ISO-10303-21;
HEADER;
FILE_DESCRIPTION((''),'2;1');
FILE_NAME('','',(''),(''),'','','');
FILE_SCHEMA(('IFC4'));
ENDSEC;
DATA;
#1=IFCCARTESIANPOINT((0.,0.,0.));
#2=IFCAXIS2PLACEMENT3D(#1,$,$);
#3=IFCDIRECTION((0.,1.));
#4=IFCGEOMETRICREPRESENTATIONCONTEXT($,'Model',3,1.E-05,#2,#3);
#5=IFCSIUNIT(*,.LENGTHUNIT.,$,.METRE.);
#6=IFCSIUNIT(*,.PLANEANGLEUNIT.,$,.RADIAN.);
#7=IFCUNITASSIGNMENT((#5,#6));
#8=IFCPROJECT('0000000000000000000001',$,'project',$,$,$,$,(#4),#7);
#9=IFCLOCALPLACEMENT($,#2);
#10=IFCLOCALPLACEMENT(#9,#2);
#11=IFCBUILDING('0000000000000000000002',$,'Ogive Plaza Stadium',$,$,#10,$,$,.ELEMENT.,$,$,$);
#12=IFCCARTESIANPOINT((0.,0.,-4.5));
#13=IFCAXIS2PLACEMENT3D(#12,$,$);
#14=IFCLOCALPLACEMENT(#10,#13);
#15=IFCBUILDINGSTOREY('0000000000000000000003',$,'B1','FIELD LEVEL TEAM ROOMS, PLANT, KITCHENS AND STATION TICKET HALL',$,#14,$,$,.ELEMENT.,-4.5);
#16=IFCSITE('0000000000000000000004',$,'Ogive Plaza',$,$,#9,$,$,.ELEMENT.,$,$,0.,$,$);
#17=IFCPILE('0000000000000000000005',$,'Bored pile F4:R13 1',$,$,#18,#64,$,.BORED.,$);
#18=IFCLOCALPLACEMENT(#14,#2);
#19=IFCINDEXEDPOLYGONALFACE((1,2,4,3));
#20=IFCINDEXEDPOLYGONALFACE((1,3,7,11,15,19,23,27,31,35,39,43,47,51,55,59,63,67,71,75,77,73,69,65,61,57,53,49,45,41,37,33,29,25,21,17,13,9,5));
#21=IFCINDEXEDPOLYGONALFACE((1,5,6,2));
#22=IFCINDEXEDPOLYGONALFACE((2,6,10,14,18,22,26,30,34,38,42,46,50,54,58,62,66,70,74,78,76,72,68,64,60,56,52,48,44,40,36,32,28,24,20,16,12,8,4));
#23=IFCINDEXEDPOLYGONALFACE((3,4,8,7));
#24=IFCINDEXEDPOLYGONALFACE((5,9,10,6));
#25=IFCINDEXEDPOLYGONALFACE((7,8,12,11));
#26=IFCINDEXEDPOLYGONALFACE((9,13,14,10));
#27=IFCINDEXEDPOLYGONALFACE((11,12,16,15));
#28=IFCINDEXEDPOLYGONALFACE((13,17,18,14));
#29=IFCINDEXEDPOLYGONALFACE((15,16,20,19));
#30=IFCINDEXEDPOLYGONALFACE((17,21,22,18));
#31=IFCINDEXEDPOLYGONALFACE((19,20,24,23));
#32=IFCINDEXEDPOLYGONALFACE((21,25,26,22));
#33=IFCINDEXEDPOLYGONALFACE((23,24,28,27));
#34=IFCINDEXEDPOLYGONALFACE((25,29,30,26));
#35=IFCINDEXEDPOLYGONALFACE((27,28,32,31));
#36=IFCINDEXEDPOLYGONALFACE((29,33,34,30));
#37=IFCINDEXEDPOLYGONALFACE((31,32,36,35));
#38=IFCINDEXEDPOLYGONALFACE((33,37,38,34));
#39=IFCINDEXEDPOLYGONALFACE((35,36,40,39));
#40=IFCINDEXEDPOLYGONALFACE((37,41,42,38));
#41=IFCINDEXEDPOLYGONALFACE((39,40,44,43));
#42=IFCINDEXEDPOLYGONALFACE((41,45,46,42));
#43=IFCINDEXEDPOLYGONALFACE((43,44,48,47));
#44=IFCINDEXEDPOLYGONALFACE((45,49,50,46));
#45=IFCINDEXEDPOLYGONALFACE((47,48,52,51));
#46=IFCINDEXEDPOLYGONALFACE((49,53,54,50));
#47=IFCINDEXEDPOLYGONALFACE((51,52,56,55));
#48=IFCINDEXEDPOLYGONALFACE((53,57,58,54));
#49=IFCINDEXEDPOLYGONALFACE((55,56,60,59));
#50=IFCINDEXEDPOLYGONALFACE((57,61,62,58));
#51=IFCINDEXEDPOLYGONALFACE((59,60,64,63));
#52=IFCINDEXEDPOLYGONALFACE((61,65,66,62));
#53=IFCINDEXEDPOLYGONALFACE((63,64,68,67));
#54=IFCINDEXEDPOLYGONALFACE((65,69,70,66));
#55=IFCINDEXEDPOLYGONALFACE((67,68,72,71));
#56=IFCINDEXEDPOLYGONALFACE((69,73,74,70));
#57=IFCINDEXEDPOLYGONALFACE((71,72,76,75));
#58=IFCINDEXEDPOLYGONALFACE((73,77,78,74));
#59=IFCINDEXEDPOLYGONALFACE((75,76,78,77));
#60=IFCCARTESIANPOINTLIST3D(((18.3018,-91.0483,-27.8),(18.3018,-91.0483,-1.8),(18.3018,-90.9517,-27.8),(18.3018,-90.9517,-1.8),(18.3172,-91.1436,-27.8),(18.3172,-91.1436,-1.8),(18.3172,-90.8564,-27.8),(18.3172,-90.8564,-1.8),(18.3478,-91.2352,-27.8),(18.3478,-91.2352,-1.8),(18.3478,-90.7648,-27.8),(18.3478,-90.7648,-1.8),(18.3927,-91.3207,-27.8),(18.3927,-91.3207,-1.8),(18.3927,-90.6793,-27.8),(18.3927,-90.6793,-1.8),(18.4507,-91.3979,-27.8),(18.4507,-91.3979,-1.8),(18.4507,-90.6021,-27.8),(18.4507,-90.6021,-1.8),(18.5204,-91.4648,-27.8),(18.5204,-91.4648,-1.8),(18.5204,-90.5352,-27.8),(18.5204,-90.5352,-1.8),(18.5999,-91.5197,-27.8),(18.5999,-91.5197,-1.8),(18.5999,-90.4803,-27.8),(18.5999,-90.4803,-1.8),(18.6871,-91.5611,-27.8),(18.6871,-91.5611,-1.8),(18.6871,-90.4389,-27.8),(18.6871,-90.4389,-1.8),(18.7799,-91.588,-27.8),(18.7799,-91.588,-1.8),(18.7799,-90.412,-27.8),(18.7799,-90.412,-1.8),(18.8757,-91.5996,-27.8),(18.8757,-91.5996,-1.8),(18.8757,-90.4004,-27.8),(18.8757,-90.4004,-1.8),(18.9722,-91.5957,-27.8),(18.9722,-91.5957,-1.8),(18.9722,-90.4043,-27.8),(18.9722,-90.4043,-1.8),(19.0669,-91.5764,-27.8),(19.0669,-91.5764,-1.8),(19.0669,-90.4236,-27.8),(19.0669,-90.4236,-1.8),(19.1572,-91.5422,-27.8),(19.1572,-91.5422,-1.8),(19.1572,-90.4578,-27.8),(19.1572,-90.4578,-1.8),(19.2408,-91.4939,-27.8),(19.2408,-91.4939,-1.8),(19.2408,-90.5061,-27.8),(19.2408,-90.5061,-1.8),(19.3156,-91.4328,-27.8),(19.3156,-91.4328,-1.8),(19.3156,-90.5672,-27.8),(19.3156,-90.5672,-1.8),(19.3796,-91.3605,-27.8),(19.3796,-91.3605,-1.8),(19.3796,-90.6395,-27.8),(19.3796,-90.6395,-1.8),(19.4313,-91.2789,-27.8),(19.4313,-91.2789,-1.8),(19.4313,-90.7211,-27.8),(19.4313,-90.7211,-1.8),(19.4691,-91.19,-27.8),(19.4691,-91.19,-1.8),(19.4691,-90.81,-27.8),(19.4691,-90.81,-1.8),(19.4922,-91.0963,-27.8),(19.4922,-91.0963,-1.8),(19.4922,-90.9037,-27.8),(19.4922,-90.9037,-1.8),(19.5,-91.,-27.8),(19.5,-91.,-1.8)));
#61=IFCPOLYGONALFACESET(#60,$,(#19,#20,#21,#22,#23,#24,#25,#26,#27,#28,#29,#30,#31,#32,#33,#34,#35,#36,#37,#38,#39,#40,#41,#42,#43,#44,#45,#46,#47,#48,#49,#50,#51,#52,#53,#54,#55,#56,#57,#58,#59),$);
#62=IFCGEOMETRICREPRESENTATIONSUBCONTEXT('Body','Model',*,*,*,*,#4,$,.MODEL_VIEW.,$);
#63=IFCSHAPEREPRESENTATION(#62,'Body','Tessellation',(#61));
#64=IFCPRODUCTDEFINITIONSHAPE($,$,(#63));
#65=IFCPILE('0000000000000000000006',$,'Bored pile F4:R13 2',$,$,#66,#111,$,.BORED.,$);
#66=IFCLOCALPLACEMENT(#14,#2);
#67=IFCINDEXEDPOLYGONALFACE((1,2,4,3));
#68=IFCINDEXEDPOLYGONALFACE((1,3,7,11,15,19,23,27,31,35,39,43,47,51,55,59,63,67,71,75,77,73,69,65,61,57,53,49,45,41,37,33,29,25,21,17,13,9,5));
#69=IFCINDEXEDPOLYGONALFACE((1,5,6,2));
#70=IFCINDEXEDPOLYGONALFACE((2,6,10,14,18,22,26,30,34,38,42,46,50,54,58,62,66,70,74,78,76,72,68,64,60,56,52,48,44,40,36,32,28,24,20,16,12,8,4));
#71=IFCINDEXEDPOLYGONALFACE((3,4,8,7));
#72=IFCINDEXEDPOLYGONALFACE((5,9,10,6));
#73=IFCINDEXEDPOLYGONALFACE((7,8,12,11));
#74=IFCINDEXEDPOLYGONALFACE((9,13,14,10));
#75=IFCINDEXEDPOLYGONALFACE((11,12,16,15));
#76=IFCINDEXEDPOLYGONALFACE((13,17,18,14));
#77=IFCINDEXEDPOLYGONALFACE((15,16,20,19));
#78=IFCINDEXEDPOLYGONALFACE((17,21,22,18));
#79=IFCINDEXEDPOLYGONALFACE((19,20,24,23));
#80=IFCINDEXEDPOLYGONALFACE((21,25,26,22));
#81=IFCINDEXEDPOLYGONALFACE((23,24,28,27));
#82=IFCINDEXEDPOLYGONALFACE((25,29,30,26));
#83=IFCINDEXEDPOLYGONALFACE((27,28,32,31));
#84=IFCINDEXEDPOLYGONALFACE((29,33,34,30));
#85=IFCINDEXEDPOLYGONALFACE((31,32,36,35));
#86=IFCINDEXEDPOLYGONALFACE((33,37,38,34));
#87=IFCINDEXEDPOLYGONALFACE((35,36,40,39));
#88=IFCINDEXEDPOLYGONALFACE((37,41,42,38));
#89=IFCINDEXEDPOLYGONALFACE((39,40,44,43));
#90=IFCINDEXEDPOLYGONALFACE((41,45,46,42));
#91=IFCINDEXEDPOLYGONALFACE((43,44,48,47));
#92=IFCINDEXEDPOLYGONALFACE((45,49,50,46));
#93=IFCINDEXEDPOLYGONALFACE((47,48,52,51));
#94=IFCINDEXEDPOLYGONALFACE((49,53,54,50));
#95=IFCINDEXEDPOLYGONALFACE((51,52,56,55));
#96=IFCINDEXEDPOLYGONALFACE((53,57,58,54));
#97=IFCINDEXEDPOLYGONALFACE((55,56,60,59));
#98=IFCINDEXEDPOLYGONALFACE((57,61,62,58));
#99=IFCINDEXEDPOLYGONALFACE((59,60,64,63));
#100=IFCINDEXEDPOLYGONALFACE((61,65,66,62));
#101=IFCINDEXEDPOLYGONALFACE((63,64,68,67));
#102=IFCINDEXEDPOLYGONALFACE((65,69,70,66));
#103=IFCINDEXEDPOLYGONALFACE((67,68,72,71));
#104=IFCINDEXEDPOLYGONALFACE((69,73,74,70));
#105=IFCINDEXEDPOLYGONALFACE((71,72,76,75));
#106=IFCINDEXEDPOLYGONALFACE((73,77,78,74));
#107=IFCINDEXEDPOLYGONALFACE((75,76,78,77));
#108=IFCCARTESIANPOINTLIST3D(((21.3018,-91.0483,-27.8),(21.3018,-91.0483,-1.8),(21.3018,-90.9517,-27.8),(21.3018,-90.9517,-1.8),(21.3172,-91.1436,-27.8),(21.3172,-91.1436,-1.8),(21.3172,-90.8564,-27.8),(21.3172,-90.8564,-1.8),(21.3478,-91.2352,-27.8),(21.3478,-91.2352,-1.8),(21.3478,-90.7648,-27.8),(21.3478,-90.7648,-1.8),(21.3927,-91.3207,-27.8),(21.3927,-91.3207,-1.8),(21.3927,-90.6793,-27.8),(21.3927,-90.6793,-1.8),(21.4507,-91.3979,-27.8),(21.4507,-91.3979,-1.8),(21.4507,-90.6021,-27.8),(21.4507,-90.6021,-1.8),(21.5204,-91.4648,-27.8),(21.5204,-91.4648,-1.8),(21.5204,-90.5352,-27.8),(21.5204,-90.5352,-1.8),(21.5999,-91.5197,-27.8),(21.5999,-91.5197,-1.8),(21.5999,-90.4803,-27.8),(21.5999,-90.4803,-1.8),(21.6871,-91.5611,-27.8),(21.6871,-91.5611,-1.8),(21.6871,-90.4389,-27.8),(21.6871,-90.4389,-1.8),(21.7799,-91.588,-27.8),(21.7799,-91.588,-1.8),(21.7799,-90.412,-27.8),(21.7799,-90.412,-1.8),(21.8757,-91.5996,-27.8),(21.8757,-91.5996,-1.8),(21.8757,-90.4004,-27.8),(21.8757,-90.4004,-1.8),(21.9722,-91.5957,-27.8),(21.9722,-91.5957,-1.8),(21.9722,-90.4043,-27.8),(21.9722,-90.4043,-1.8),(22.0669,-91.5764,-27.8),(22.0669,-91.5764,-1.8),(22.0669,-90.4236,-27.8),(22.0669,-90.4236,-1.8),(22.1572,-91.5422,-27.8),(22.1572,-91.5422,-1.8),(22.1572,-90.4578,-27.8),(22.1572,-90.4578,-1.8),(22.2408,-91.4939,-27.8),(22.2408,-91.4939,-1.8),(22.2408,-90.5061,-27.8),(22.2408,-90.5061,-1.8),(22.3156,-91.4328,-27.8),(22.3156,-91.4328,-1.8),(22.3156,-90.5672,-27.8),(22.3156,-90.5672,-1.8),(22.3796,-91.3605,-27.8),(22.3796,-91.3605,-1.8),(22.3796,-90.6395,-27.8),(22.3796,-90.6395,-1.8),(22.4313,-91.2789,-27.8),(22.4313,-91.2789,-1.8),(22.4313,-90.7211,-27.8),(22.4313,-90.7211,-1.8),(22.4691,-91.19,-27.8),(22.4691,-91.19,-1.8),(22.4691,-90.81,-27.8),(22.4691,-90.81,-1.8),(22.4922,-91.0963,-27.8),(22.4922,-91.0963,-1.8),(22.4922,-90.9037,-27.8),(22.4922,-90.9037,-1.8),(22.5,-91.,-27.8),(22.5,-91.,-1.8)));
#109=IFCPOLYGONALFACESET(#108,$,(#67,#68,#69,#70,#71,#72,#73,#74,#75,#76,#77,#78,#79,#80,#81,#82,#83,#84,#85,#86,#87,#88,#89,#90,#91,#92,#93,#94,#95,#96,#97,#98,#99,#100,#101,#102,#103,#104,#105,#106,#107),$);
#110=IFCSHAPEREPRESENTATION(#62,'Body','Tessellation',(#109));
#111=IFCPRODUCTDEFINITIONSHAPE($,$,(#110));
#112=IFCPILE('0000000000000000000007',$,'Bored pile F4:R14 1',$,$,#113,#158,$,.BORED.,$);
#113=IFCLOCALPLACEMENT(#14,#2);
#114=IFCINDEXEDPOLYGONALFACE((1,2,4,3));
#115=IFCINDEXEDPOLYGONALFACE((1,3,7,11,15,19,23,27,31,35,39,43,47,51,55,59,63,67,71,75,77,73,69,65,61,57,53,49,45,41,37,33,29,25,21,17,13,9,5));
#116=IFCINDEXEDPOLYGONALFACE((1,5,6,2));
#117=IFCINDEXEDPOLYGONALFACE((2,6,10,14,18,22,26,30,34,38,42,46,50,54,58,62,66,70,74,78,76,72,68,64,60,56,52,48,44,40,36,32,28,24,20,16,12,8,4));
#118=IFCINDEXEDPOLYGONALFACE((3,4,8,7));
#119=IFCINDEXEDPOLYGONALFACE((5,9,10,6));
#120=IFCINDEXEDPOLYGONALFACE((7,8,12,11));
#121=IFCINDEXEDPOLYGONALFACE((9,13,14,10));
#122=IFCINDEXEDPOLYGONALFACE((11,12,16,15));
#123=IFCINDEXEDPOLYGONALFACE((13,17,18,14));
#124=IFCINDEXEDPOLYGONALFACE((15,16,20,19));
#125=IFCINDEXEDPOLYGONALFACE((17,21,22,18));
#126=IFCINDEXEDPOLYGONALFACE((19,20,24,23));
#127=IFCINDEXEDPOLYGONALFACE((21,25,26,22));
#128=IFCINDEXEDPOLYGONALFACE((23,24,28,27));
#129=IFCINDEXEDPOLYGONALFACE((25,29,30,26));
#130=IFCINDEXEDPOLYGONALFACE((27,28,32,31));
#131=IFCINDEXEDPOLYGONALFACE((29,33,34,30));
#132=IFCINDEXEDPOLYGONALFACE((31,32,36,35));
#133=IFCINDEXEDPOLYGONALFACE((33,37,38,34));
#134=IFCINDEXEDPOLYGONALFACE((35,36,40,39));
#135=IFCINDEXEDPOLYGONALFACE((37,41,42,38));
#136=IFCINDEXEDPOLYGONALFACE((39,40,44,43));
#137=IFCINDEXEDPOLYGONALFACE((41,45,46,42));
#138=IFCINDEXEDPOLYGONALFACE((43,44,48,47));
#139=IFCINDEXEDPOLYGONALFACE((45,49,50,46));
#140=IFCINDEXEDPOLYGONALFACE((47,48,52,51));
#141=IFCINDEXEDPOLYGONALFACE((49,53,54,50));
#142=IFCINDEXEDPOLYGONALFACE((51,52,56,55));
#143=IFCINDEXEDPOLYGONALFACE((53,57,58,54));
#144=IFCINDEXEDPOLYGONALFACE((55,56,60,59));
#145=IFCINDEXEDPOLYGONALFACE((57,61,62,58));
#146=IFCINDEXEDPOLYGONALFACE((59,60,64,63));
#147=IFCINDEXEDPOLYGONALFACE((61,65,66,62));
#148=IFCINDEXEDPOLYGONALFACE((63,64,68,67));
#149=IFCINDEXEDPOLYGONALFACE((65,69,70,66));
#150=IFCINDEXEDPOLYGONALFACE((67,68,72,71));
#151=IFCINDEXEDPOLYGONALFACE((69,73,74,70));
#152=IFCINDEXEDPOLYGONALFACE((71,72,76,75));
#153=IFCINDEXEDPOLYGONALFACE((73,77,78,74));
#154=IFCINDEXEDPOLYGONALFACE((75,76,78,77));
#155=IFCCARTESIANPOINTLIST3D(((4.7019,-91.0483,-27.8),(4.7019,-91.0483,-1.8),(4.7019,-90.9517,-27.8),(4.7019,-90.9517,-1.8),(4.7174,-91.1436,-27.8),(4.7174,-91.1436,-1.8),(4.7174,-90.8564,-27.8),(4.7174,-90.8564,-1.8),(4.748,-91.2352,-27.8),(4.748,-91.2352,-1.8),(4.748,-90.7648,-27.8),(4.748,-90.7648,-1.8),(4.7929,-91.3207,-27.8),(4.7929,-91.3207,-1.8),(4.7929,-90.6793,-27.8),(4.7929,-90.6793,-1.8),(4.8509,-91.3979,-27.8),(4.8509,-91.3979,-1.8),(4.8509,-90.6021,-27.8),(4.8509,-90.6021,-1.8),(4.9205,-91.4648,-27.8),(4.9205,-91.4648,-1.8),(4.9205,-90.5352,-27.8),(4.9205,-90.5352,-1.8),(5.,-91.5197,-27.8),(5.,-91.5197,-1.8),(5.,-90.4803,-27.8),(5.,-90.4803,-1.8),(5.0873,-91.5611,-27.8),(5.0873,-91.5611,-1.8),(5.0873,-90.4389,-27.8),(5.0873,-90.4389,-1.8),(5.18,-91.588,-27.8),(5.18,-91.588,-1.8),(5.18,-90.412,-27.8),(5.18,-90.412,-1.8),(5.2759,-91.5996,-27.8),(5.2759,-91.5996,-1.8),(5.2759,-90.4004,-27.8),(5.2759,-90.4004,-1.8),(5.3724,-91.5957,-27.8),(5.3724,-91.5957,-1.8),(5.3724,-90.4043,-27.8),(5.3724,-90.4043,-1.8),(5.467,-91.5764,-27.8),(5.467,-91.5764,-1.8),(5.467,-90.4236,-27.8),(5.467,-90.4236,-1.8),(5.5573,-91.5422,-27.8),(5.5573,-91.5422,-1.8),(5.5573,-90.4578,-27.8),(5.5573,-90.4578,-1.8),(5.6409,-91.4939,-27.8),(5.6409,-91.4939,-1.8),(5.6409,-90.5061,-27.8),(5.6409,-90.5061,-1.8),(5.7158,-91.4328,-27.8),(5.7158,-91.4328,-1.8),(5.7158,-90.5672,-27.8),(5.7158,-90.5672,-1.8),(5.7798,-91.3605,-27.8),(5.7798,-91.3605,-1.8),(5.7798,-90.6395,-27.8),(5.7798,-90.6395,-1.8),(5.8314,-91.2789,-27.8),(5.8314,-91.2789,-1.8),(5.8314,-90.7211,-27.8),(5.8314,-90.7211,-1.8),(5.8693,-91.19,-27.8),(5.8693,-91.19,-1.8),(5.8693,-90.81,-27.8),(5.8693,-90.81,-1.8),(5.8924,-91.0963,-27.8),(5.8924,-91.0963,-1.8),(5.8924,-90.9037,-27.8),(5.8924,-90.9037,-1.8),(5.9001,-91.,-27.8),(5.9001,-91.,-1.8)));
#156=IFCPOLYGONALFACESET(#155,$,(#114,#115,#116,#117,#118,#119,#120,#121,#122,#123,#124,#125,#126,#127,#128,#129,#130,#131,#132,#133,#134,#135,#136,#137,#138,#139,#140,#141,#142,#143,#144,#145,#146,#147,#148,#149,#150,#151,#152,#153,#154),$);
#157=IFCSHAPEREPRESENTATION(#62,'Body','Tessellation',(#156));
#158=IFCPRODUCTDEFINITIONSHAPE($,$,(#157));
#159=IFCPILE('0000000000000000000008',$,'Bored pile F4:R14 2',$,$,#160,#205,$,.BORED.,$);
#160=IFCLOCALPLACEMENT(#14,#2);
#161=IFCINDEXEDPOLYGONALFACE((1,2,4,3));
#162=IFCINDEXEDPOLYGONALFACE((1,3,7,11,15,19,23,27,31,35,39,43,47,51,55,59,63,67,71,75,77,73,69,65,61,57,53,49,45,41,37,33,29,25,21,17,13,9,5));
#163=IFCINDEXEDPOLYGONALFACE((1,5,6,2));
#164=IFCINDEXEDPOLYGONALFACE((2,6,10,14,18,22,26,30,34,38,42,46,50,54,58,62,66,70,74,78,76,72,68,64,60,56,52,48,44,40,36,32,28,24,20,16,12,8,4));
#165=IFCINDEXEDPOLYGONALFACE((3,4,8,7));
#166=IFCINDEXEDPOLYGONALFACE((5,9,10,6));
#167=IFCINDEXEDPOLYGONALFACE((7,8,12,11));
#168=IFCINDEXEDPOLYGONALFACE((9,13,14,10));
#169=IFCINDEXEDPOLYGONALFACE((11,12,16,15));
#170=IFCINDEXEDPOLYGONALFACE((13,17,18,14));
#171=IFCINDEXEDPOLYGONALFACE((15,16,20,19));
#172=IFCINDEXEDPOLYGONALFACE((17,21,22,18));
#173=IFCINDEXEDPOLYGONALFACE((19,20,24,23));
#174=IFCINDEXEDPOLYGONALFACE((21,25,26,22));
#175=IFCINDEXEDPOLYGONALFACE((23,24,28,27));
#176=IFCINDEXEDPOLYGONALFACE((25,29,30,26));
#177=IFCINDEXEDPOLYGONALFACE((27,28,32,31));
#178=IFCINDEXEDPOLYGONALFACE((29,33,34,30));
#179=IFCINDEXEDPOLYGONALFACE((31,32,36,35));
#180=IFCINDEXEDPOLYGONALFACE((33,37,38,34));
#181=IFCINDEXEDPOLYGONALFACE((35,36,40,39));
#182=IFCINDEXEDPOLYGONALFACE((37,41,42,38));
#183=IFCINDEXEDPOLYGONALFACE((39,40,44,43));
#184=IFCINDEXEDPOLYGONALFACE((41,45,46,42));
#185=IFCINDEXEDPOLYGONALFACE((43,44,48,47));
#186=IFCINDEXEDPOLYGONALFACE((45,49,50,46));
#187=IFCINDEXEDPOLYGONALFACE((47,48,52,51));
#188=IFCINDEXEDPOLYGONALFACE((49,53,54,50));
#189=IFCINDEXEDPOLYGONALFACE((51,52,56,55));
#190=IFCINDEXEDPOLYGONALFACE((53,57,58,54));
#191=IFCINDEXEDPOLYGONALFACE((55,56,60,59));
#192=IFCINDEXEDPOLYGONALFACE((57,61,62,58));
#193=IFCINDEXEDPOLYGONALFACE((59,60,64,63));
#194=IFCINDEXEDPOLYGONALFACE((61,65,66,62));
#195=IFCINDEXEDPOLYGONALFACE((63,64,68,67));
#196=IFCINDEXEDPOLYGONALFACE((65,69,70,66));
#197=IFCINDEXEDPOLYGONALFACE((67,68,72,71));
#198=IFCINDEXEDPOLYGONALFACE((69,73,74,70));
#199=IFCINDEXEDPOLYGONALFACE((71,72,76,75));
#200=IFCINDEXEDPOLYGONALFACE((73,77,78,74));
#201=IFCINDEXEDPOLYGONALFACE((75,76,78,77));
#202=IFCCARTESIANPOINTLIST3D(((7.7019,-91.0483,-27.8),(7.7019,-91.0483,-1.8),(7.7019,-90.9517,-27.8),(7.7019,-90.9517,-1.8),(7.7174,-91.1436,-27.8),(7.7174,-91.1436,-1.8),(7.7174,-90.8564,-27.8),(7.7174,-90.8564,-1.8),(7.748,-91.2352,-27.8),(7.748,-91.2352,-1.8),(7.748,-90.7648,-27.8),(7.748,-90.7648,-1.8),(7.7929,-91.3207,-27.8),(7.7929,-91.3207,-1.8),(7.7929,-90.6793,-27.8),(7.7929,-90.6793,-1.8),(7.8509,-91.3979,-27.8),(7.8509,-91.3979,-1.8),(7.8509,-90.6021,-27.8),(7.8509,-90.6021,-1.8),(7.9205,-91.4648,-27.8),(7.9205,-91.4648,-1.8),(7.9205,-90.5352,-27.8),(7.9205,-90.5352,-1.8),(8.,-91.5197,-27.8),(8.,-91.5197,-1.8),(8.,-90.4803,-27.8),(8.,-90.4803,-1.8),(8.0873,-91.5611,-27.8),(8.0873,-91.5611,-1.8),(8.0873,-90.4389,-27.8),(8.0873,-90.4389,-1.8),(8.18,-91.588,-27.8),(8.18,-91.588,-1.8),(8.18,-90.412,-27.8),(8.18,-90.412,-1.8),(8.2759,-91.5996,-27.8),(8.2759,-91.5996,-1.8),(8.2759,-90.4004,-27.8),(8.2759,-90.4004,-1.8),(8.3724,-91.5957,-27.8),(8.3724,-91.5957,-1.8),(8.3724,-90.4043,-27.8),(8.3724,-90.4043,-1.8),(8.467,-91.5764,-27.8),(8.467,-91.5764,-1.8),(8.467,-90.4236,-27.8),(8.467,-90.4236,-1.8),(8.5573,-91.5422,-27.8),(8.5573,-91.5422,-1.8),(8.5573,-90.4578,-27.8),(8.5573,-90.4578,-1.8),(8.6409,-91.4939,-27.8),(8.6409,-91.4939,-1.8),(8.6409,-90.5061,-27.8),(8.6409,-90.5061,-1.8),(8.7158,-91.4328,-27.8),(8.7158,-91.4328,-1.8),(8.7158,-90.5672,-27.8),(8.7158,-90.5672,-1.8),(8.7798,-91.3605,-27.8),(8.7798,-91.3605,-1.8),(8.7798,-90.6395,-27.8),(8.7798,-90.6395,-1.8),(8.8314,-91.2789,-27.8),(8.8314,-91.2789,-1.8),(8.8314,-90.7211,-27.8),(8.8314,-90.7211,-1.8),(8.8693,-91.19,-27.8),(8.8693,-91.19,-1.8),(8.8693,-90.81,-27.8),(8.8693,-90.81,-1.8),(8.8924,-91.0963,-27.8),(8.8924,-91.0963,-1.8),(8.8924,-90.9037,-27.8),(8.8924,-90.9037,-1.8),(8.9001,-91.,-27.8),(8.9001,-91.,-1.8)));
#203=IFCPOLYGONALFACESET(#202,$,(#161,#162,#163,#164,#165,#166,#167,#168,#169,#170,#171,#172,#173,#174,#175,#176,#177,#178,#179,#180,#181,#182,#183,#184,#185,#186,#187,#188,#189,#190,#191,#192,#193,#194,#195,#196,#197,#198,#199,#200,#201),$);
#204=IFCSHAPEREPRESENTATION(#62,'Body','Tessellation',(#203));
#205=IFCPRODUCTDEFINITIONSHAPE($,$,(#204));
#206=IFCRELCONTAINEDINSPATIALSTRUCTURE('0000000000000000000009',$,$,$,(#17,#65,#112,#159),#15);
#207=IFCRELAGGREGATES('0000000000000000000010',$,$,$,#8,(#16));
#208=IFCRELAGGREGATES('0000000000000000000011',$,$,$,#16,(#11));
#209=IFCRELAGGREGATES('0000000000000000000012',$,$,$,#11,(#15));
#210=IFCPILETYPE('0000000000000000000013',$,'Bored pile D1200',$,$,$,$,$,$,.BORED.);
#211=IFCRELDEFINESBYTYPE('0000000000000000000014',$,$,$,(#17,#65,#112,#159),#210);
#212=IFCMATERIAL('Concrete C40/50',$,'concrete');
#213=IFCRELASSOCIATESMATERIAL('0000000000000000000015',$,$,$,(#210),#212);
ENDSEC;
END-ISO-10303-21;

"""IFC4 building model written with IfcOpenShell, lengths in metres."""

from ifc_helpers import new_model, si_unit, direction, frame, origin, origin_2d, place, context, subcontext, project, spatial, circle, extrude, material, material_profile, profile_set, type_object, element, save


model = new_model("IFC4")

# Units and contexts
model_context = context("Model", 3, precision=1e-05, world=origin(), true_north=direction((0.0, 1.0)))
body_context = subcontext(model_context, "Body", "Model", "MODEL_VIEW")
ifc_project = project(units=[si_unit("LENGTHUNIT", "METRE"), si_unit("PLANEANGLEUNIT", "RADIAN")], contexts=[model_context])

# Site, building, storey
site_placement = place(None, origin())
site = spatial("IfcSite", under=ifc_project, at=site_placement, Name="Ogive Plaza", CompositionType="ELEMENT", RefElevation=0.0)
building_placement = place(site_placement, origin())
building = spatial("IfcBuilding", under=site, at=building_placement, Name="Ogive Plaza Stadium", CompositionType="ELEMENT")
storey_placement = place(building_placement, frame((0.0, 0.0, -4.5)))
storey = spatial("IfcBuildingStorey", under=building, at=storey_placement, Name="B1", Description="FIELD LEVEL TEAM ROOMS, PLANT, KITCHENS AND STATION TICKET HALL", CompositionType="ELEMENT", Elevation=-4.5)

# Piles
ifc_material_1 = material(Name="Concrete C40/50", Category="concrete")
ifc_material_profile_1 = material_profile(ifc_material_1, circle(Radius=0.6001, at=origin_2d()), Name="RC D1200")
ifc_profile_set_1 = profile_set([ifc_material_profile_1], Name="Concrete C40/50")
pile_type_1 = type_object("IfcPileType", Name="Bored pile D1200", PredefinedType="BORED", material=ifc_profile_set_1)
for number, where, z_axis, x_axis, name in (
    (1, (18.8999, -91.0, -1.8), (0.0, 0.0, -1.0), (1.0, 0.0, 0.0), "Bored pile F4:R13 1"),
    (2, (21.8999, -91.0, -1.8), (0.0, 0.0, -1.0), (1.0, 0.0, 0.0), "Bored pile F4:R13 2"),
    (3, (5.3, -91.0, -1.8), (0.0, 0.0, -1.0), (1.0, 0.0, 0.0), "Bored pile F4:R14 1"),
    (4, (8.3, -91.0, -1.8), (0.0, 0.0, -1.0), (1.0, 0.0, 0.0), "Bored pile F4:R14 2"),
):
    element("IfcPile", number, at=place(storey_placement, frame(where, z_axis=z_axis, x_axis=x_axis)), inside=storey, type_object=pile_type_1, Name=name, PredefinedType="BORED", context=body_context, shape_type="SweptSolid", body=[
        extrude(circle(Radius=0.6001, at=origin_2d()), origin(), (0.0, 0.0, 1.0), 26.0),
    ])

save(model, "model.ifc")
